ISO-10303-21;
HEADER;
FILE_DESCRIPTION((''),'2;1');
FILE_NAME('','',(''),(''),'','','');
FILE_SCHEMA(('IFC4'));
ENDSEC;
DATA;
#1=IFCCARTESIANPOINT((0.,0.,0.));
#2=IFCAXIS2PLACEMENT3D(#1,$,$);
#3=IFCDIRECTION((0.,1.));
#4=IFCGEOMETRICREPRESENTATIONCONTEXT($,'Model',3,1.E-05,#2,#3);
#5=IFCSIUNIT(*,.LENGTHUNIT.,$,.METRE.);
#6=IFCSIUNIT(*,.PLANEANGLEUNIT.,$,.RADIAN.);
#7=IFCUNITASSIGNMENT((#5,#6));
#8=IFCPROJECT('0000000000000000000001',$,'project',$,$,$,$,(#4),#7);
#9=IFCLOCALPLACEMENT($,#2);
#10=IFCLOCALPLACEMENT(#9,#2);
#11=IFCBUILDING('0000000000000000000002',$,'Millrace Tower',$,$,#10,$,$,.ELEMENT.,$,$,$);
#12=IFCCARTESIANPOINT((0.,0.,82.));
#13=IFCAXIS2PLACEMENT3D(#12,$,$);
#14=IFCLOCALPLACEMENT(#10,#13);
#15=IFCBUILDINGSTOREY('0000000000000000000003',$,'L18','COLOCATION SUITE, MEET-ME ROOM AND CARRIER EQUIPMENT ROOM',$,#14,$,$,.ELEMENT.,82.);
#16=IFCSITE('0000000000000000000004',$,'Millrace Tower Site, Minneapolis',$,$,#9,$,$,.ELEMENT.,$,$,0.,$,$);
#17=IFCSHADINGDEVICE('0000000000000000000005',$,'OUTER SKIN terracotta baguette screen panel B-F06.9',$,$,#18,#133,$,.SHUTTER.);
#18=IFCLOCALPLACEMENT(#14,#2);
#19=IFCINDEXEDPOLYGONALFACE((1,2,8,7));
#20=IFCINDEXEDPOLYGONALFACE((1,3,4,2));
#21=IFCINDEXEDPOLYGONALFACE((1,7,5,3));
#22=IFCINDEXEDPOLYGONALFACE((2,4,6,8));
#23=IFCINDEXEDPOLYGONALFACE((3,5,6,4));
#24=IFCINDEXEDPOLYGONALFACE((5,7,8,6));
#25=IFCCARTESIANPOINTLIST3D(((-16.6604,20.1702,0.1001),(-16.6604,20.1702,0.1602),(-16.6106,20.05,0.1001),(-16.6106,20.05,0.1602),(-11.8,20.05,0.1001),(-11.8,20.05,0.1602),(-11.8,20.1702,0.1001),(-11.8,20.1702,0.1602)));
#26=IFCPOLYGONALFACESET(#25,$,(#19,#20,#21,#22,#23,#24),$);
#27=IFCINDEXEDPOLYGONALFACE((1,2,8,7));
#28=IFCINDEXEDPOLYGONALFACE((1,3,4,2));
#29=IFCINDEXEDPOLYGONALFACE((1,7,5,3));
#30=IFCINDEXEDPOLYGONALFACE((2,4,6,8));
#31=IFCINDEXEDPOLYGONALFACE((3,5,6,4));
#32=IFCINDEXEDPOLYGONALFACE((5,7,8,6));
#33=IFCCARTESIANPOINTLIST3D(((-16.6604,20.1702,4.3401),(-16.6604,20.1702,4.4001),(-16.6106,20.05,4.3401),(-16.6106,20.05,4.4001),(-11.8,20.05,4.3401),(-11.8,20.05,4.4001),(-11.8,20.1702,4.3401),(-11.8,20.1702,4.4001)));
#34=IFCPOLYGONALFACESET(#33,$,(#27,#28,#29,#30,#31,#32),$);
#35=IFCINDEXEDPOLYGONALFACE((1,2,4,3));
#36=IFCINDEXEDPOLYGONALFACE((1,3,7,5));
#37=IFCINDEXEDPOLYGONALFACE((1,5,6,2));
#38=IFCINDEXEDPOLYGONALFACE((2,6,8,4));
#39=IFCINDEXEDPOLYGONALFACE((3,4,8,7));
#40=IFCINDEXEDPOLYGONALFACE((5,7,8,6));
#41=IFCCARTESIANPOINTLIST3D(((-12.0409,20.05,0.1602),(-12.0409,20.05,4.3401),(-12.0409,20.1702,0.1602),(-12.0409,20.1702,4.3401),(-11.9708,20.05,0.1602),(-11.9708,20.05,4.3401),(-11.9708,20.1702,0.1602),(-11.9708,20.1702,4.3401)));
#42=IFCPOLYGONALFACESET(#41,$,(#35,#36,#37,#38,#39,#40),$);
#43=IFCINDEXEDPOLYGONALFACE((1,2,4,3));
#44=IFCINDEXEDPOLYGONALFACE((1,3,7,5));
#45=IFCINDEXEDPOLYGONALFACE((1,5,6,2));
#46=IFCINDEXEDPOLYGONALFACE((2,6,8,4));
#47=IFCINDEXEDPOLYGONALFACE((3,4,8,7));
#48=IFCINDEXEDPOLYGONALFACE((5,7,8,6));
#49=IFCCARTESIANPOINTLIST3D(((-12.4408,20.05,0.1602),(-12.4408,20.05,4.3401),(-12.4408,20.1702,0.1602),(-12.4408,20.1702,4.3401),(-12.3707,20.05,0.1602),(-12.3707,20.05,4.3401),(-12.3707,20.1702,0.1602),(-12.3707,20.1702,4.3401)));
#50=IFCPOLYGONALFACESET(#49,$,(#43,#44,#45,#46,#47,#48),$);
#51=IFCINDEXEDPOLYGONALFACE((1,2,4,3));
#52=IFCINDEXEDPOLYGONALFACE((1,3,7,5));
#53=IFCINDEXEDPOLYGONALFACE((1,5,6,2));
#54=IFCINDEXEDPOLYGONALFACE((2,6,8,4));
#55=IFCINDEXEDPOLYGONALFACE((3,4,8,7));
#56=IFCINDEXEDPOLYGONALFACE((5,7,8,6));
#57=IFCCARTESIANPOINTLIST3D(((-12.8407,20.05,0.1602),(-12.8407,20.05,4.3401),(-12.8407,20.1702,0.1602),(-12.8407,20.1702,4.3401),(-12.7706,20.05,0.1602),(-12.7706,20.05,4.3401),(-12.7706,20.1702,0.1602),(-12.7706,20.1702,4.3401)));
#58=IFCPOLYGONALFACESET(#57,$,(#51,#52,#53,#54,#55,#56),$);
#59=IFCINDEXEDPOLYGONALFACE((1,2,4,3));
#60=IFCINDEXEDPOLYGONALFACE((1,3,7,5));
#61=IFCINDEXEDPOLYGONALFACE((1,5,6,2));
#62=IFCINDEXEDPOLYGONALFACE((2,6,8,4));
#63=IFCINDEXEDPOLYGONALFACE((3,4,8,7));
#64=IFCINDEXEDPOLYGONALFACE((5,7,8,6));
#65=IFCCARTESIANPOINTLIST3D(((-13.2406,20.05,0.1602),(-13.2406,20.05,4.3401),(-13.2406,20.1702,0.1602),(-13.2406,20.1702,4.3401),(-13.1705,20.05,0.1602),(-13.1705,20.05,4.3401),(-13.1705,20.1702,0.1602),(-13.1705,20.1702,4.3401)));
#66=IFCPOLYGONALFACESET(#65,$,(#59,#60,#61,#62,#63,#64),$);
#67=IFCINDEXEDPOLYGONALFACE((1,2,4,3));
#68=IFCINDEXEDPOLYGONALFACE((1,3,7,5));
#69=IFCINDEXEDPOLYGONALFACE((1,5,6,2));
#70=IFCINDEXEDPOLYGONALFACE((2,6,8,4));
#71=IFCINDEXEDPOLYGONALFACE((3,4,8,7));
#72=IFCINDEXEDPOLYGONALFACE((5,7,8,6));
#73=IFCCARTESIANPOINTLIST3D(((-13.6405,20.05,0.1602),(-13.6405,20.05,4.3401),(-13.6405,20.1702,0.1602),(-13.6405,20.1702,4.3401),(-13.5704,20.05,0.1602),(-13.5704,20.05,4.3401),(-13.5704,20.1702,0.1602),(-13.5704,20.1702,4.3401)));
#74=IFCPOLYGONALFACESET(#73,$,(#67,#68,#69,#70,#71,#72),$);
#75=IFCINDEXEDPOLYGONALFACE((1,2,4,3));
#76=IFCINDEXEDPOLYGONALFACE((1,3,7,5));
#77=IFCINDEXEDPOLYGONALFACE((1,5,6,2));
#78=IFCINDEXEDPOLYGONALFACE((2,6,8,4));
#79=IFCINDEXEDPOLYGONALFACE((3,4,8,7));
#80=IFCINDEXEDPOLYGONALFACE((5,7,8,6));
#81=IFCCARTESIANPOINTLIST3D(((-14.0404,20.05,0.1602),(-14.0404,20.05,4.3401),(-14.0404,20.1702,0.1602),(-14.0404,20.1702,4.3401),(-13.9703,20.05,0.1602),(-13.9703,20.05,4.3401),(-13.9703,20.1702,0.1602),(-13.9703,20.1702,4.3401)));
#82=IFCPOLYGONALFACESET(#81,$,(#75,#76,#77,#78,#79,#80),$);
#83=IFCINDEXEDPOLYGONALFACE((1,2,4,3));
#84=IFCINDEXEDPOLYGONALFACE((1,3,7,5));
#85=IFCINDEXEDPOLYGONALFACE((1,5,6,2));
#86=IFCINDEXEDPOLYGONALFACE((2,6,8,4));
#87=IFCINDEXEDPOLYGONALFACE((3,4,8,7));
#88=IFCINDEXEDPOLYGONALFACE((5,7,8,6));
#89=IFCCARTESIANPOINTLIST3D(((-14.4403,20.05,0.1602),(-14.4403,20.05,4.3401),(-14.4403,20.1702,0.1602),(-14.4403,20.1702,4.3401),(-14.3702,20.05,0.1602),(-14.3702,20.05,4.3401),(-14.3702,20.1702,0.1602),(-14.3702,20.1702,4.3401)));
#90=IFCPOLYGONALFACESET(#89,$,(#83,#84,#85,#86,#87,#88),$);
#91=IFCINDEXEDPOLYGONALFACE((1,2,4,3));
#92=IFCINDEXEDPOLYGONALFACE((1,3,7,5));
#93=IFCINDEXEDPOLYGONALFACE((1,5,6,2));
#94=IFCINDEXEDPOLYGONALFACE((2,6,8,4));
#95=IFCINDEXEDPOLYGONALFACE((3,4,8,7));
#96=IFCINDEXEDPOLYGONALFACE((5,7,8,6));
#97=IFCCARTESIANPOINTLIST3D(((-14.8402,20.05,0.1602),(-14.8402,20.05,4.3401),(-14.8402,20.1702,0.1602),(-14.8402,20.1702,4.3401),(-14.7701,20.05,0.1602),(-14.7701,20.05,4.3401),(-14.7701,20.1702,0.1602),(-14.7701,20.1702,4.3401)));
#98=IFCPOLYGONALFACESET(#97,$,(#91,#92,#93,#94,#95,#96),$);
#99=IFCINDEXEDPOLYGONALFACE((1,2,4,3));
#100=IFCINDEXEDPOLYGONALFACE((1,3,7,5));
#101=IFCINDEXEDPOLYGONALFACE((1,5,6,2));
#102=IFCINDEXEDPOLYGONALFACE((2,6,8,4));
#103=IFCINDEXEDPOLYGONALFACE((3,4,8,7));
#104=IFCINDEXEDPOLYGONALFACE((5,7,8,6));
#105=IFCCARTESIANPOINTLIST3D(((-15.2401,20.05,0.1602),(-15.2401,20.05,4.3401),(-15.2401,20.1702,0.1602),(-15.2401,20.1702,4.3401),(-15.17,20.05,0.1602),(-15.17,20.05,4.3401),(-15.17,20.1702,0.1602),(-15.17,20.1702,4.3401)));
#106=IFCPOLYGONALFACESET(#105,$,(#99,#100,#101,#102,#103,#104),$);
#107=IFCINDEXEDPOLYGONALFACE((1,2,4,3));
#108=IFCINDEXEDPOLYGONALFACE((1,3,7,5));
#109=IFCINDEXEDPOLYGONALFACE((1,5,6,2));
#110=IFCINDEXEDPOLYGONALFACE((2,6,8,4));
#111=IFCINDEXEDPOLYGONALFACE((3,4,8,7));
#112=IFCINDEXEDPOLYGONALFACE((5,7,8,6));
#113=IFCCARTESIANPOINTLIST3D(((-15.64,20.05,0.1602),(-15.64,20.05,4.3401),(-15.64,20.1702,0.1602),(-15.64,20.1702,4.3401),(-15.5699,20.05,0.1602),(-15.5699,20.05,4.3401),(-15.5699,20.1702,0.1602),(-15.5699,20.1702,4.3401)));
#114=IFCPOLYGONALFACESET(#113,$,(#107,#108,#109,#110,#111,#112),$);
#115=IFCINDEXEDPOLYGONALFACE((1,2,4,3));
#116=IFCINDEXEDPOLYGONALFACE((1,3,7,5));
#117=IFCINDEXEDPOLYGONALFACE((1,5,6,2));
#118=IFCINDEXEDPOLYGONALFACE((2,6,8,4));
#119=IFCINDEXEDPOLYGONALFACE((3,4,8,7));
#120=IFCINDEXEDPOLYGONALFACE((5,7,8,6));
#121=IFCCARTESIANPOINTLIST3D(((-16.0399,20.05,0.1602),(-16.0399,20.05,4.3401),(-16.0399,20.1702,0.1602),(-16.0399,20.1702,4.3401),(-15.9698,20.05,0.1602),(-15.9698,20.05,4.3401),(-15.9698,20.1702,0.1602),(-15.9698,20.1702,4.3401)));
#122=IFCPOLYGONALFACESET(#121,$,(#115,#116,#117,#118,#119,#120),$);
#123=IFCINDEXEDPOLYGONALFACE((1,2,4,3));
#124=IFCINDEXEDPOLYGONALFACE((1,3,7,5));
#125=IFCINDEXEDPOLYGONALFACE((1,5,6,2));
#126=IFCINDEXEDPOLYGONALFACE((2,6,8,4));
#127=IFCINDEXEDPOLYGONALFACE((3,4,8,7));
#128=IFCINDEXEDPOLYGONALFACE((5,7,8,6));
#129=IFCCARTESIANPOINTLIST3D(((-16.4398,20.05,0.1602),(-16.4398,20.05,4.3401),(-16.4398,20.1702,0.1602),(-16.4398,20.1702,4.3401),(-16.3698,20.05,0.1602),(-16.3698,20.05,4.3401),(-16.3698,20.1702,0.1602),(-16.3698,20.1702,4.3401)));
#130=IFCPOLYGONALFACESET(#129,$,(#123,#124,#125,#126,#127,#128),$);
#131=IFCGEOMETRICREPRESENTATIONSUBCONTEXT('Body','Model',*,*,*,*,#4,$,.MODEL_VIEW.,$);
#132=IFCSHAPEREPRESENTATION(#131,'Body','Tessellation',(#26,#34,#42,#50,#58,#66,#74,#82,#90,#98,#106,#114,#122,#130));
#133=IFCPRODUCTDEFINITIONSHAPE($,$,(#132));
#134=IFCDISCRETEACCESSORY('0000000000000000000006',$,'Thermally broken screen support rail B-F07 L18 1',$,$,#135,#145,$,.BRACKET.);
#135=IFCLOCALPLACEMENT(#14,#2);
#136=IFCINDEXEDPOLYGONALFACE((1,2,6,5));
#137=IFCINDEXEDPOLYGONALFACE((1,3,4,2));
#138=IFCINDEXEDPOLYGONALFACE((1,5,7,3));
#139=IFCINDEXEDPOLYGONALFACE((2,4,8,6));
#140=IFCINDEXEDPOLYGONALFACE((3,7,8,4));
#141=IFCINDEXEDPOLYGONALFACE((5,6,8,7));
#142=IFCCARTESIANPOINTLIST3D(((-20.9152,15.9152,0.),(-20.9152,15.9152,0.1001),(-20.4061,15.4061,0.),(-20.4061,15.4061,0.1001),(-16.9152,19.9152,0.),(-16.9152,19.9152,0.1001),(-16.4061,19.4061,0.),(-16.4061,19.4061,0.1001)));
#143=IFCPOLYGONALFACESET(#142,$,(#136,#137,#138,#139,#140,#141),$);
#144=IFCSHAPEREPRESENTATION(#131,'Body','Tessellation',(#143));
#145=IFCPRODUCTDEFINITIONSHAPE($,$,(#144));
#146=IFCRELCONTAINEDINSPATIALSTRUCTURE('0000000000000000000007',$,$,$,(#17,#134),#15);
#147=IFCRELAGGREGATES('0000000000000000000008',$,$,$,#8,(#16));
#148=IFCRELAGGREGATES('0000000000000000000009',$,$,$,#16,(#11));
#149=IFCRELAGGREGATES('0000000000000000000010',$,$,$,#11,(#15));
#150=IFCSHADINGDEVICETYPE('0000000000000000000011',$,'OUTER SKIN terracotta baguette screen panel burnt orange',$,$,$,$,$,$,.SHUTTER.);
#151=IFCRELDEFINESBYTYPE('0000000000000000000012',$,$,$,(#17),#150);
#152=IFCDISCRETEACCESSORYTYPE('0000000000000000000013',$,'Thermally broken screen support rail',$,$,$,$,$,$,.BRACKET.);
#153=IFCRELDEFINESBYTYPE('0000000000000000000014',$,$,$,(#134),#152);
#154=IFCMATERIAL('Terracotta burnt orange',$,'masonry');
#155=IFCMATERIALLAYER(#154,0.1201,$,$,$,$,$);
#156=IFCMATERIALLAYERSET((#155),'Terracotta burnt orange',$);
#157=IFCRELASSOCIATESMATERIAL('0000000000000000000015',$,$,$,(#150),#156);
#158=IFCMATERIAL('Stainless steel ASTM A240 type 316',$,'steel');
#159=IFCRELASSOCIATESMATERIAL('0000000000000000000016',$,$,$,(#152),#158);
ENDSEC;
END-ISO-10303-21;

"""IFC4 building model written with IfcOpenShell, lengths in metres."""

from ifc_helpers import new_model, entity, si_unit, direction, frame, frame_2d, origin, origin_2d, place, context, subcontext, project, spatial, rectangle, extrude, source, transform, mapped, material, layer, layer_set, type_object, element, save


model = new_model("IFC4")

# Units and contexts
model_context = context("Model", 3, precision=1e-05, world=origin(), true_north=direction((0.0, 1.0)))
body_context = subcontext(model_context, "Body", "Model", "MODEL_VIEW")
ifc_project = project(units=[si_unit("LENGTHUNIT", "METRE"), si_unit("PLANEANGLEUNIT", "RADIAN")], contexts=[model_context])

# Site, building, storey
site_placement = place(None, origin())
site = spatial("IfcSite", under=ifc_project, at=site_placement, Name="Millrace Tower Site, Minneapolis", CompositionType="ELEMENT", RefElevation=0.0)
building_placement = place(site_placement, origin())
building = spatial("IfcBuilding", under=site, at=building_placement, Name="Millrace Tower", CompositionType="ELEMENT")
storey_placement = place(building_placement, frame((0.0, 0.0, 82.0)))
storey = spatial("IfcBuildingStorey", under=building, at=storey_placement, Name="L18", Description="COLOCATION SUITE, MEET-ME ROOM AND CARRIER EQUIPMENT ROOM", CompositionType="ELEMENT", Elevation=82.0)

# Shading device
ifc_material_1 = material(Name="Terracotta burnt orange", Category="masonry")
ifc_layer_1 = layer(ifc_material_1, 0.1201)
ifc_layer_set_1 = layer_set([ifc_layer_1], Name="Terracotta burnt orange")
shading_device_type = type_object("IfcShadingDeviceType", Name="OUTER SKIN terracotta baguette screen panel burnt orange", PredefinedType="SHUTTER", material=ifc_layer_set_1)
cartesian_point_1 = entity("IfcCartesianPoint", [-2.4177, 0.0601])
shared_polyline_1 = entity("IfcPolyline", [cartesian_point_1, entity("IfcCartesianPoint", [2.3928, 0.0601]), entity("IfcCartesianPoint", [2.4426, -0.0601]), entity("IfcCartesianPoint", [-2.4177, -0.0601]), cartesian_point_1])
shared_shape_1 = source(origin(), body_context, "Body", "SweptSolid", [
    entity("IfcExtrudedAreaSolid", entity("IfcArbitraryClosedProfileDef", "AREA", None, shared_polyline_1), entity("IfcAxis2Placement3D", entity("IfcCartesianPoint", [0.0, 0.0, 0.0])), entity("IfcDirection", [0.0, 0.0, 1.0]), 0.0601),
    entity("IfcExtrudedAreaSolid", entity("IfcArbitraryClosedProfileDef", "AREA", None, shared_polyline_1), entity("IfcAxis2Placement3D", entity("IfcCartesianPoint", [0.0, 0.0, 4.24])), entity("IfcDirection", [0.0, 0.0, 1.0]), 0.0601),
    extrude(rectangle(XDim=0.0701, YDim=0.1201, at=frame_2d((-2.2119, 0.0))), frame((0.0, 0.0, 0.0601)), (0.0, 0.0, 1.0), 4.1799),
    extrude(rectangle(XDim=0.0701, YDim=0.1201, at=frame_2d((-1.812, 0.0))), frame((0.0, 0.0, 0.0601)), (0.0, 0.0, 1.0), 4.1799),
    extrude(rectangle(XDim=0.0701, YDim=0.1201, at=frame_2d((-1.4121, 0.0))), frame((0.0, 0.0, 0.0601)), (0.0, 0.0, 1.0), 4.1799),
    extrude(rectangle(XDim=0.0701, YDim=0.1201, at=frame_2d((-1.0122, 0.0))), frame((0.0, 0.0, 0.0601)), (0.0, 0.0, 1.0), 4.1799),
    extrude(rectangle(XDim=0.0701, YDim=0.1201, at=frame_2d((-0.6123, 0.0))), frame((0.0, 0.0, 0.0601)), (0.0, 0.0, 1.0), 4.1799),
    extrude(rectangle(XDim=0.0701, YDim=0.1201, at=frame_2d((-0.2124, 0.0))), frame((0.0, 0.0, 0.0601)), (0.0, 0.0, 1.0), 4.1799),
    extrude(rectangle(XDim=0.0701, YDim=0.1201, at=frame_2d((0.1875, 0.0))), frame((0.0, 0.0, 0.0601)), (0.0, 0.0, 1.0), 4.1799),
    extrude(rectangle(XDim=0.0701, YDim=0.1201, at=frame_2d((0.5874, 0.0))), frame((0.0, 0.0, 0.0601)), (0.0, 0.0, 1.0), 4.1799),
    extrude(rectangle(XDim=0.0701, YDim=0.1201, at=frame_2d((0.9873, 0.0))), frame((0.0, 0.0, 0.0601)), (0.0, 0.0, 1.0), 4.1799),
    extrude(rectangle(XDim=0.0701, YDim=0.1201, at=frame_2d((1.3872, 0.0))), frame((0.0, 0.0, 0.0601)), (0.0, 0.0, 1.0), 4.1799),
    extrude(rectangle(XDim=0.0701, YDim=0.1201, at=frame_2d((1.7871, 0.0))), frame((0.0, 0.0, 0.0601)), (0.0, 0.0, 1.0), 4.1799),
    extrude(rectangle(XDim=0.0701, YDim=0.1201, at=frame_2d((2.187, 0.0))), frame((0.0, 0.0, 0.0601)), (0.0, 0.0, 1.0), 4.1799),
])
shading_device_1_placement = place(storey_placement, frame((-14.2178, 20.1101, 0.1001), z_axis=(0.0, 0.0, 1.0), x_axis=(-1.0, 0.0, 0.0)))
element("IfcShadingDevice", 1, at=shading_device_1_placement, inside=storey, type_object=shading_device_type, Name="OUTER SKIN terracotta baguette screen panel B-F06.9", PredefinedType="SHUTTER", context=body_context, shape_type="MappedRepresentation", body=[
    mapped(shared_shape_1, transform((0.0, 0.0, 0.0), scale=1.0)),
])

# Discrete accessory
ifc_material_2 = material(Name="Stainless steel ASTM A240 type 316", Category="steel")
discrete_accessory_type = type_object("IfcDiscreteAccessoryType", Name="Thermally broken screen support rail", PredefinedType="BRACKET", material=ifc_material_2)
discrete_accessory_placement = place(storey_placement, frame((-18.6606, 17.6606, 0.0), z_axis=(0.0, 0.0, 1.0), x_axis=(-0.707107, -0.707107, 0.0)))
element("IfcDiscreteAccessory", 2, at=discrete_accessory_placement, inside=storey, type_object=discrete_accessory_type, Name="Thermally broken screen support rail B-F07 L18 1", PredefinedType="BRACKET", context=body_context, shape_type="SweptSolid", body=[
    extrude(rectangle(XDim=5.6567, YDim=0.72, at=origin_2d()), origin(), (0.0, 0.0, 1.0), 0.1001),
])

save(model, "model.ifc")
